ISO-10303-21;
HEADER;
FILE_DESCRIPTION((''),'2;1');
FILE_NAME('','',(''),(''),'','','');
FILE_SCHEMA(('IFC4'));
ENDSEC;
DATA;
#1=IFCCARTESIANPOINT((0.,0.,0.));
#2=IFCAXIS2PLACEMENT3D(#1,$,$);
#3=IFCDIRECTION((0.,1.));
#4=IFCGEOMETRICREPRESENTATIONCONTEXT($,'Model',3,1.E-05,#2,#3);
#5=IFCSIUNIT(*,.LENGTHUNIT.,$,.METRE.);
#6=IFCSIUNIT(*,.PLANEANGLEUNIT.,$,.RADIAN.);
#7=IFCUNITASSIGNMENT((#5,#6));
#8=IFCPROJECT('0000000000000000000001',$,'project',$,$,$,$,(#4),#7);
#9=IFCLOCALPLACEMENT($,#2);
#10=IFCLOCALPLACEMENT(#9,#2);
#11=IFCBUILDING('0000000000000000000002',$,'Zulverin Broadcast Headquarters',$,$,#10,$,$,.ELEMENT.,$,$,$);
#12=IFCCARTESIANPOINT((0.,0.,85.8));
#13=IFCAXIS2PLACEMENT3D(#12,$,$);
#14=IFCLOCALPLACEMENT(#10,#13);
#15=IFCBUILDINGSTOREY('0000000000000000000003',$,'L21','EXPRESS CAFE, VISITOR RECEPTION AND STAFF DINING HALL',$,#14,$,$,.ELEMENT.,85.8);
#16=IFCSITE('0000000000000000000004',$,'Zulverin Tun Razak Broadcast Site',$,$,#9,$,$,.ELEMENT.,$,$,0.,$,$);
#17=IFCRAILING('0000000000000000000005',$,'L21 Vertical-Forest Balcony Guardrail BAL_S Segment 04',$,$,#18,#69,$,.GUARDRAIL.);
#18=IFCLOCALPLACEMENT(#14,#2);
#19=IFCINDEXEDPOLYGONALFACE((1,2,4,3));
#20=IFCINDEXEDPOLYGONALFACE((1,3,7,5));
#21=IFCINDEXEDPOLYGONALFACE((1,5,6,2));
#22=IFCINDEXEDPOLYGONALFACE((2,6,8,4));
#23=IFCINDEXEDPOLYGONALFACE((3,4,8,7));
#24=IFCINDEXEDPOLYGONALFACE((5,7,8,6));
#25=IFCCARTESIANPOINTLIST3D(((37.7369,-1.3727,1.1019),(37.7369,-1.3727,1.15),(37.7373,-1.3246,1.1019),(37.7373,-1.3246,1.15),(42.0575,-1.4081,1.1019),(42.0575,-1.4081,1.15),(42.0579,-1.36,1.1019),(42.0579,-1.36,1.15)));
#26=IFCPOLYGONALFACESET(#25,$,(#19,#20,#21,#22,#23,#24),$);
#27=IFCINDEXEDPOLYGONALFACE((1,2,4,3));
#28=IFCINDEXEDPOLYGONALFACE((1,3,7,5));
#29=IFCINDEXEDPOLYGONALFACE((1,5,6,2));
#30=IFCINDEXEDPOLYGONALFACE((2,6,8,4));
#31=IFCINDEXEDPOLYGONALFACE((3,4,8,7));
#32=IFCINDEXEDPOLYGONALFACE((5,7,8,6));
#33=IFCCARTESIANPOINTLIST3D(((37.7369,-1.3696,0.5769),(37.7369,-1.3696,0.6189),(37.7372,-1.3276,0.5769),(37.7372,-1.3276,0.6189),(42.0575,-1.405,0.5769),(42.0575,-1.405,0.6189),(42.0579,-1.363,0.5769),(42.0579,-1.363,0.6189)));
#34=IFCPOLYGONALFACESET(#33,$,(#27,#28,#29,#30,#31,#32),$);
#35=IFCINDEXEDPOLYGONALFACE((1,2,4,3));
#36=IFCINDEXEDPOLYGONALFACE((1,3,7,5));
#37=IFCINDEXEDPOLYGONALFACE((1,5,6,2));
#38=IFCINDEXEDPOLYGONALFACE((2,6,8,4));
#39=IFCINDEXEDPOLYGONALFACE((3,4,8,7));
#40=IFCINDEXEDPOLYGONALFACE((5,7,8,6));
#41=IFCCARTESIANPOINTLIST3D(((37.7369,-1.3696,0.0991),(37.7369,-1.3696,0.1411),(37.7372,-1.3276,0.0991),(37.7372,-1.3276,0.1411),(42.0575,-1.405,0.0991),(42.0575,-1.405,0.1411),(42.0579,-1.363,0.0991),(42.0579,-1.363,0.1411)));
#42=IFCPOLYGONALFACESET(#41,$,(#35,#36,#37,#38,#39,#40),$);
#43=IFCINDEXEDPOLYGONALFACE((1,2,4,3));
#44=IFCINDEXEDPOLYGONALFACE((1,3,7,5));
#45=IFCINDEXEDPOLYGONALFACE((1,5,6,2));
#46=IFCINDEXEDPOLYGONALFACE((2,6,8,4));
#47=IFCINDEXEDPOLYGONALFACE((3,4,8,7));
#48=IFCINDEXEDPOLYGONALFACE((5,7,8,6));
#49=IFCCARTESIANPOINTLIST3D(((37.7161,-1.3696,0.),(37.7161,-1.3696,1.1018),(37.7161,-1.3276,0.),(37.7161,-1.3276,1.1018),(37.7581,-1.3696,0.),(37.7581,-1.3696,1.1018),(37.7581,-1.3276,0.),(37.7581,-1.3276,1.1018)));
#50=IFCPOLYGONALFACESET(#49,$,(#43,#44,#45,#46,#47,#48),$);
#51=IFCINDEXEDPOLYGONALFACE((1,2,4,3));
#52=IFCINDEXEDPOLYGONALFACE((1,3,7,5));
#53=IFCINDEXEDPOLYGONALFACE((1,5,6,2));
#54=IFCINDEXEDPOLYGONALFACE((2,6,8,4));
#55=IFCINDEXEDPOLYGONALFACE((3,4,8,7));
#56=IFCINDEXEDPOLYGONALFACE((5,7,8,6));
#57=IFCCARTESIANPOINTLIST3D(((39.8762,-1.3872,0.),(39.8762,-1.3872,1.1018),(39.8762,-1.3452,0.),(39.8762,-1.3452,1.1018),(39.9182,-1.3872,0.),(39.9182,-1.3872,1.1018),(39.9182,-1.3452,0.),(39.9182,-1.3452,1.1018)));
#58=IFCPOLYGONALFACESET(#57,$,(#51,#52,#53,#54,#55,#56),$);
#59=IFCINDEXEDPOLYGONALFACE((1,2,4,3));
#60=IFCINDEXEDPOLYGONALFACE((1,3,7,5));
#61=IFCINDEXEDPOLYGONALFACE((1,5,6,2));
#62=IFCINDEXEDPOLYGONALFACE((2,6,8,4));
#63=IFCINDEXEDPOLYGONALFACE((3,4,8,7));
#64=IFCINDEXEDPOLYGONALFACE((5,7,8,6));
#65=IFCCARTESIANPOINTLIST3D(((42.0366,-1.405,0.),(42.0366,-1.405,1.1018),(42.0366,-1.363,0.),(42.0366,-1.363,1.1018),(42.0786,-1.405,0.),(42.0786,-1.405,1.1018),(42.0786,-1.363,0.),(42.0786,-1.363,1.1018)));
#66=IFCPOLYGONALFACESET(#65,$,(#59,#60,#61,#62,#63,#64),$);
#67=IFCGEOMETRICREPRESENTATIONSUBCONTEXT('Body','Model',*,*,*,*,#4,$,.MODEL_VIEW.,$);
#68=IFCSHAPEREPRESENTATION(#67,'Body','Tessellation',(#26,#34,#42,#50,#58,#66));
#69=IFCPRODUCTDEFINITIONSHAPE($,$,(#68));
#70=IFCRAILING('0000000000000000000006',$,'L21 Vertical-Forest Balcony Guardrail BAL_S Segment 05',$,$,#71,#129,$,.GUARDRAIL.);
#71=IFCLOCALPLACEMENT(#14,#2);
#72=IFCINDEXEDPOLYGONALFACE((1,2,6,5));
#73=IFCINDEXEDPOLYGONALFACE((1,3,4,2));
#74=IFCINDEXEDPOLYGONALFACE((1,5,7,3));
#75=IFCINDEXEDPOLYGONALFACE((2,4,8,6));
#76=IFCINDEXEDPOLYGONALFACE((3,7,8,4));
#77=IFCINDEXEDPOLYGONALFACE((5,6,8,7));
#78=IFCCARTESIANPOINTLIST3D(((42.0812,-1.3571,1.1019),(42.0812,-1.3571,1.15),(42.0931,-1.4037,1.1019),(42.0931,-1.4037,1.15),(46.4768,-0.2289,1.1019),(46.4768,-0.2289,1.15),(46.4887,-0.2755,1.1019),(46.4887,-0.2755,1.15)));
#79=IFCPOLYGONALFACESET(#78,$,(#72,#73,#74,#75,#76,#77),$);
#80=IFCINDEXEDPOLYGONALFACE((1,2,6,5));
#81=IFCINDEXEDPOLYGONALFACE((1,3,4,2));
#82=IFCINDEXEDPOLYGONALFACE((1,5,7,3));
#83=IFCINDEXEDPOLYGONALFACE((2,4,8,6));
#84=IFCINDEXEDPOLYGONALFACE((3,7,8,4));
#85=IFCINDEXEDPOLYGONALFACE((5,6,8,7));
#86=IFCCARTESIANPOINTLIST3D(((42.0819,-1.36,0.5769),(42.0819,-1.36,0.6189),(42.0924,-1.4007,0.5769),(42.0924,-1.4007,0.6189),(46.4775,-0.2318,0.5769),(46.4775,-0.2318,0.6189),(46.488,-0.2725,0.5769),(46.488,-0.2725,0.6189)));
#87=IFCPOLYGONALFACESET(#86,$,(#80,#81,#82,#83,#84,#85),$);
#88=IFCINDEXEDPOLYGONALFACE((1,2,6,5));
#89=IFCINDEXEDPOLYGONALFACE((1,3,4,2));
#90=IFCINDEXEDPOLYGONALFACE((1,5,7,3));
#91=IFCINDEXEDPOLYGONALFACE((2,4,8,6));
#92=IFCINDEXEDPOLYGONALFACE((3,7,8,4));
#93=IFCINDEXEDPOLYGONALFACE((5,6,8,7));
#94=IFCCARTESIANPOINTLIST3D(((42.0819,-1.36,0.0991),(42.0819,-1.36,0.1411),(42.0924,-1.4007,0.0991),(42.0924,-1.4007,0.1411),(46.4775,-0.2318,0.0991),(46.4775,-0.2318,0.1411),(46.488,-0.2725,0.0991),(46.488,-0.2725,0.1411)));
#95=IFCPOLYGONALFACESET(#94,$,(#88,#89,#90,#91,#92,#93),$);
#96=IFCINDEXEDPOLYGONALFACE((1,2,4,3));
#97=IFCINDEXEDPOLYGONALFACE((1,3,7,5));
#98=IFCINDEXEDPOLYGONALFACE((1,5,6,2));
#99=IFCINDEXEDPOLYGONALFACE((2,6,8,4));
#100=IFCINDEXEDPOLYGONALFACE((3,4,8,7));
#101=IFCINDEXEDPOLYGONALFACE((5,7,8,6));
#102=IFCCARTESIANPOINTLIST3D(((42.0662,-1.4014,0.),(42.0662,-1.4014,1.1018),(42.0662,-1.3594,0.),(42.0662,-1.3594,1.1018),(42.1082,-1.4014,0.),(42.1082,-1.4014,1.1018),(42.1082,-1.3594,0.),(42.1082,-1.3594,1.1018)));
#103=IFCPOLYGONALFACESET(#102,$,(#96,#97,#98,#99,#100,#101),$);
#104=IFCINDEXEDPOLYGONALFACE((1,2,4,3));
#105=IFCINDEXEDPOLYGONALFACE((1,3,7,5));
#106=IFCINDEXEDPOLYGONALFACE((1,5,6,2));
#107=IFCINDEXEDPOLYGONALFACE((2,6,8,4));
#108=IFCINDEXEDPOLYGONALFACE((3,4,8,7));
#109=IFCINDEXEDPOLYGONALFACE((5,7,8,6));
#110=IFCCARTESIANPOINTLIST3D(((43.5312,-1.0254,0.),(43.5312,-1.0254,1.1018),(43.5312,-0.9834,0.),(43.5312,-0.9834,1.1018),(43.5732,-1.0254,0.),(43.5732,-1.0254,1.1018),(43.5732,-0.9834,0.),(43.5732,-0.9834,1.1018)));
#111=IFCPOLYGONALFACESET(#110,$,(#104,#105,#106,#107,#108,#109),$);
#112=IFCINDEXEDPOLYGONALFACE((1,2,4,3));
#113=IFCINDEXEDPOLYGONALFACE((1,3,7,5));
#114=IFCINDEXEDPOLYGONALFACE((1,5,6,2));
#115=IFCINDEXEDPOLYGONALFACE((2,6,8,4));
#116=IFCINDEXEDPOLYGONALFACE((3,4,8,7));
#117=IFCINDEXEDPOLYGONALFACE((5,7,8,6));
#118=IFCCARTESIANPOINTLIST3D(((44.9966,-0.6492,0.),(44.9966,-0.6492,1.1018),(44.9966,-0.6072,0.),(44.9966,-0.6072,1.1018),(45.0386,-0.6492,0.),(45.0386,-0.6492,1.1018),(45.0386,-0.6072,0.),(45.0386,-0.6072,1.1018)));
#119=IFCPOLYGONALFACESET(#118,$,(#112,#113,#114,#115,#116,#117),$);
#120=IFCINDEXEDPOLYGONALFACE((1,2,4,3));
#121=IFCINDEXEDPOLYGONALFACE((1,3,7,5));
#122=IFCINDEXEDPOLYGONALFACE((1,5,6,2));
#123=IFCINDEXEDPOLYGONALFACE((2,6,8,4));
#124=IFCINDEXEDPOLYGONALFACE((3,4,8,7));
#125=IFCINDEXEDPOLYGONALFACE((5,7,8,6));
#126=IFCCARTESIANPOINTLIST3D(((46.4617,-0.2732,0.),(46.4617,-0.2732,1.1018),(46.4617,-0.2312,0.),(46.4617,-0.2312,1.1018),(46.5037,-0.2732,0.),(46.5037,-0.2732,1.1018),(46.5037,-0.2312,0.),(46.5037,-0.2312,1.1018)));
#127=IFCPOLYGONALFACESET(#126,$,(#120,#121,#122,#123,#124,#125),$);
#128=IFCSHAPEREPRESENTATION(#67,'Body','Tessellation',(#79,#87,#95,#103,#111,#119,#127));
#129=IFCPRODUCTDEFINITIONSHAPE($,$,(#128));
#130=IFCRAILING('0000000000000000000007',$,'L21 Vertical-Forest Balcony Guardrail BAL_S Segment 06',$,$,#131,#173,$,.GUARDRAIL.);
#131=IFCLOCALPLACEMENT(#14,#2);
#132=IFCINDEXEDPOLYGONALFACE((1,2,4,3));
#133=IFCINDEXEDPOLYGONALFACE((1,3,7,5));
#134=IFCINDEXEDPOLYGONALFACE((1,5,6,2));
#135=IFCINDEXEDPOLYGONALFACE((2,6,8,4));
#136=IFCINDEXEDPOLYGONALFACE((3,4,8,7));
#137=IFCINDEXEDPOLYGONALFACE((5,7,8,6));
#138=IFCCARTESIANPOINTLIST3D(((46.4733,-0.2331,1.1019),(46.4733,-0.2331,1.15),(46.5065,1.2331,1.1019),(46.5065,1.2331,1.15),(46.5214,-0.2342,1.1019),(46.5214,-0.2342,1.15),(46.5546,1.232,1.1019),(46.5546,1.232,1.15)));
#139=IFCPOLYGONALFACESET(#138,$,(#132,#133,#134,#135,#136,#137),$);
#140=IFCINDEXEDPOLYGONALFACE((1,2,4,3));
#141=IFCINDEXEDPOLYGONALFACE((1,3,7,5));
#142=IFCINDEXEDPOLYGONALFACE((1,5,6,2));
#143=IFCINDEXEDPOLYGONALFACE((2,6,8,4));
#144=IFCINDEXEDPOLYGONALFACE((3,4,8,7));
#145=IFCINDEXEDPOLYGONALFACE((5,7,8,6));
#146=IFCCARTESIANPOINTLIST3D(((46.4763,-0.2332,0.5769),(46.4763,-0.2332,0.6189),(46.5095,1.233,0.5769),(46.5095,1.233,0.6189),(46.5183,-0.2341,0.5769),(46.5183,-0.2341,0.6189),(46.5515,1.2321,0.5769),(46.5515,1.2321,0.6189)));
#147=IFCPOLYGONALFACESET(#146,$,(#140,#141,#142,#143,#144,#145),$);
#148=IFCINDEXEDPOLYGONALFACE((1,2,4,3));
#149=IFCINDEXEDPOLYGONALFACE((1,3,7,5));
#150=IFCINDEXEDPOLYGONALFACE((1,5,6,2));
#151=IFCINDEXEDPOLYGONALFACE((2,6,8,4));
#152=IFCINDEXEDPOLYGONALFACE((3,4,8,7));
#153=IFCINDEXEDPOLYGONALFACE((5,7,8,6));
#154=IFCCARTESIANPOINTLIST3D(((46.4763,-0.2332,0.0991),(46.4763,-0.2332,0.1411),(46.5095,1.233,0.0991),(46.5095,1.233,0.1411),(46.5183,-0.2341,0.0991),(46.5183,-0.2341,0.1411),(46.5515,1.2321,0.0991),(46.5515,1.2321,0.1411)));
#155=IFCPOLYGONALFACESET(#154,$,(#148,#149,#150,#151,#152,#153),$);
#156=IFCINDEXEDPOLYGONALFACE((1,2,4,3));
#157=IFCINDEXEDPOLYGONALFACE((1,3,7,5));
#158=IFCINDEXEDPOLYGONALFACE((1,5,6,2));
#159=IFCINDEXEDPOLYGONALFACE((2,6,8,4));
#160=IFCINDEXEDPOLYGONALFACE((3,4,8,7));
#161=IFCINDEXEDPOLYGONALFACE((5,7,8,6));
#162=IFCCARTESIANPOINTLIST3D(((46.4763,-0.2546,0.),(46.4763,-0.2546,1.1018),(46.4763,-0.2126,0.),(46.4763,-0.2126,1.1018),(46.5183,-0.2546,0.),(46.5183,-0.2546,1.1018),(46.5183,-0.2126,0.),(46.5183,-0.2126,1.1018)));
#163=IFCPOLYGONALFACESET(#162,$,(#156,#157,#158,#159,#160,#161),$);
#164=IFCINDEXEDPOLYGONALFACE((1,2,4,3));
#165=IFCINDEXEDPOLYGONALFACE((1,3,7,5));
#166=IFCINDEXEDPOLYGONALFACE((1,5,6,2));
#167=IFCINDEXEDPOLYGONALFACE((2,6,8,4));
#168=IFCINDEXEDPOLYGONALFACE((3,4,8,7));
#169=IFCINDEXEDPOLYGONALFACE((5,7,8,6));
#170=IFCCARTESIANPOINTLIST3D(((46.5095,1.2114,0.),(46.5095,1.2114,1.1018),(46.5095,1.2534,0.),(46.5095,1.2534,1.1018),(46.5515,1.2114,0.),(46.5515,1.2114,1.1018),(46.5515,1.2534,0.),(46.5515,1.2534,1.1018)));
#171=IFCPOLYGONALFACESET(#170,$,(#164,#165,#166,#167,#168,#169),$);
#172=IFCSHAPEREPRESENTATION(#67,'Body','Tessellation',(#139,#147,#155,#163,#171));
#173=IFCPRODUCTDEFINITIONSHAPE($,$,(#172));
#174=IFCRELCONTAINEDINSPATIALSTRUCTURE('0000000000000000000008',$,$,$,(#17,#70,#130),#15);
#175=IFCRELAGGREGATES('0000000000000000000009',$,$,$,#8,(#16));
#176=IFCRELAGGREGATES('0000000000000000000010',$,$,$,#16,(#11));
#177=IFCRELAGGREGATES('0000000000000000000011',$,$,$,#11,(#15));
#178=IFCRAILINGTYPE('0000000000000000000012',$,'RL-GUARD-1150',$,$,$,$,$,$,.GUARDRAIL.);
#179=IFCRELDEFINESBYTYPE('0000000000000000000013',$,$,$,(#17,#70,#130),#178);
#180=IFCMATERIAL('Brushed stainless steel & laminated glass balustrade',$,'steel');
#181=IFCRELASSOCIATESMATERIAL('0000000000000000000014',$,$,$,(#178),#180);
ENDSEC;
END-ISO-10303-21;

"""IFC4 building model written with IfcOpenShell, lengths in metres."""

from ifc_helpers import new_model, si_unit, direction, frame, origin, origin_2d, place, context, subcontext, project, spatial, rectangle, extrude, material, type_object, element, save


model = new_model("IFC4")

# Units and contexts
model_context = context("Model", 3, precision=1e-05, world=origin(), true_north=direction((0.0, 1.0)))
body_context = subcontext(model_context, "Body", "Model", "MODEL_VIEW")
ifc_project = project(units=[si_unit("LENGTHUNIT", "METRE"), si_unit("PLANEANGLEUNIT", "RADIAN")], contexts=[model_context])

# Site, building, storey
site_placement = place(None, origin())
site = spatial("IfcSite", under=ifc_project, at=site_placement, Name="Zulverin Tun Razak Broadcast Site", CompositionType="ELEMENT", RefElevation=0.0)
building_placement = place(site_placement, origin())
building = spatial("IfcBuilding", under=site, at=building_placement, Name="Zulverin Broadcast Headquarters", CompositionType="ELEMENT")
storey_placement = place(building_placement, frame((0.0, 0.0, 85.8)))
storey = spatial("IfcBuildingStorey", under=building, at=storey_placement, Name="L21", Description="EXPRESS CAFE, VISITOR RECEPTION AND STAFF DINING HALL", CompositionType="ELEMENT", Elevation=85.8)

# Railings
ifc_material_1 = material(Name="Brushed stainless steel & laminated glass balustrade", Category="steel")
railing_type_1 = type_object("IfcRailingType", Name="RL-GUARD-1150", PredefinedType="GUARDRAIL", material=ifc_material_1)
railing_1_placement = place(storey_placement, frame((37.7371, -1.3486, 0.0)))
element("IfcRailing", 1, at=railing_1_placement, inside=storey, type_object=railing_type_1, Name="L21 Vertical-Forest Balcony Guardrail BAL_S Segment 04", PredefinedType="GUARDRAIL", context=body_context, shape_type="SweptSolid", body=[
    extrude(rectangle(XDim=0.0481, YDim=0.0481, at=origin_2d()), frame((0.0, 0.0, 1.126), z_axis=(0.999966, -0.008193, 0.0), x_axis=(0.008193, 0.999966, 0.0)), (0.0, 0.0, 1.0), 4.3208),
    extrude(rectangle(XDim=0.042, YDim=0.042, at=origin_2d()), frame((0.0, 0.0, 0.5979), z_axis=(0.999966, -0.008193, 0.0), x_axis=(0.008193, 0.999966, 0.0)), (0.0, 0.0, 1.0), 4.3208),
    extrude(rectangle(XDim=0.042, YDim=0.042, at=origin_2d()), frame((0.0, 0.0, 0.1201), z_axis=(0.999966, -0.008193, 0.0), x_axis=(0.008193, 0.999966, 0.0)), (0.0, 0.0, 1.0), 4.3208),
    extrude(rectangle(XDim=0.042, YDim=0.042, at=origin_2d()), origin(), (0.0, 0.0, 1.0), 1.1018),
    extrude(rectangle(XDim=0.042, YDim=0.042, at=origin_2d()), frame((2.1602, -0.0176, 0.0)), (0.0, 0.0, 1.0), 1.1018),
    extrude(rectangle(XDim=0.042, YDim=0.042, at=origin_2d()), frame((4.3206, -0.0354, 0.0)), (0.0, 0.0, 1.0), 1.1018),
])
railing_2_placement = place(storey_placement, frame((42.0872, -1.3804, 0.0)))
element("IfcRailing", 2, at=railing_2_placement, inside=storey, type_object=railing_type_1, Name="L21 Vertical-Forest Balcony Guardrail BAL_S Segment 05", PredefinedType="GUARDRAIL", context=body_context, shape_type="SweptSolid", body=[
    extrude(rectangle(XDim=0.0481, YDim=0.0481, at=origin_2d()), frame((0.0, 0.0, 1.126), z_axis=(0.968604, 0.248607, 0.0), x_axis=(-0.248607, 0.968604, 0.0)), (0.0, 0.0, 1.0), 4.5381),
    extrude(rectangle(XDim=0.042, YDim=0.042, at=origin_2d()), frame((0.0, 0.0, 0.5979), z_axis=(0.968604, 0.248607, 0.0), x_axis=(-0.248607, 0.968604, 0.0)), (0.0, 0.0, 1.0), 4.5381),
    extrude(rectangle(XDim=0.042, YDim=0.042, at=origin_2d()), frame((0.0, 0.0, 0.1201), z_axis=(0.968604, 0.248607, 0.0), x_axis=(-0.248607, 0.968604, 0.0)), (0.0, 0.0, 1.0), 4.5381),
    extrude(rectangle(XDim=0.042, YDim=0.042, at=origin_2d()), origin(), (0.0, 0.0, 1.0), 1.1018),
    extrude(rectangle(XDim=0.042, YDim=0.042, at=origin_2d()), frame((1.4651, 0.376, 0.0)), (0.0, 0.0, 1.0), 1.1018),
    extrude(rectangle(XDim=0.042, YDim=0.042, at=origin_2d()), frame((2.9304, 0.7522, 0.0)), (0.0, 0.0, 1.0), 1.1018),
    extrude(rectangle(XDim=0.042, YDim=0.042, at=origin_2d()), frame((4.3955, 1.1282, 0.0)), (0.0, 0.0, 1.0), 1.1018),
])
railing_3_placement = place(storey_placement, frame((46.4973, -0.2336, 0.0)))
element("IfcRailing", 3, at=railing_3_placement, inside=storey, type_object=railing_type_1, Name="L21 Vertical-Forest Balcony Guardrail BAL_S Segment 06", PredefinedType="GUARDRAIL", context=body_context, shape_type="SweptSolid", body=[
    extrude(rectangle(XDim=0.0481, YDim=0.0481, at=origin_2d()), frame((0.0, 0.0, 1.126), z_axis=(0.022642, 0.999744, 0.0), x_axis=(-0.999744, 0.022642, 0.0)), (0.0, 0.0, 1.0), 1.4666),
    extrude(rectangle(XDim=0.042, YDim=0.042, at=origin_2d()), frame((0.0, 0.0, 0.5979), z_axis=(0.022642, 0.999744, 0.0), x_axis=(-0.999744, 0.022642, 0.0)), (0.0, 0.0, 1.0), 1.4666),
    extrude(rectangle(XDim=0.042, YDim=0.042, at=origin_2d()), frame((0.0, 0.0, 0.1201), z_axis=(0.022642, 0.999744, 0.0), x_axis=(-0.999744, 0.022642, 0.0)), (0.0, 0.0, 1.0), 1.4666),
    extrude(rectangle(XDim=0.042, YDim=0.042, at=origin_2d()), origin(), (0.0, 0.0, 1.0), 1.1018),
    extrude(rectangle(XDim=0.042, YDim=0.042, at=origin_2d()), frame((0.0332, 1.4661, 0.0)), (0.0, 0.0, 1.0), 1.1018),
])

save(model, "model.ifc")
